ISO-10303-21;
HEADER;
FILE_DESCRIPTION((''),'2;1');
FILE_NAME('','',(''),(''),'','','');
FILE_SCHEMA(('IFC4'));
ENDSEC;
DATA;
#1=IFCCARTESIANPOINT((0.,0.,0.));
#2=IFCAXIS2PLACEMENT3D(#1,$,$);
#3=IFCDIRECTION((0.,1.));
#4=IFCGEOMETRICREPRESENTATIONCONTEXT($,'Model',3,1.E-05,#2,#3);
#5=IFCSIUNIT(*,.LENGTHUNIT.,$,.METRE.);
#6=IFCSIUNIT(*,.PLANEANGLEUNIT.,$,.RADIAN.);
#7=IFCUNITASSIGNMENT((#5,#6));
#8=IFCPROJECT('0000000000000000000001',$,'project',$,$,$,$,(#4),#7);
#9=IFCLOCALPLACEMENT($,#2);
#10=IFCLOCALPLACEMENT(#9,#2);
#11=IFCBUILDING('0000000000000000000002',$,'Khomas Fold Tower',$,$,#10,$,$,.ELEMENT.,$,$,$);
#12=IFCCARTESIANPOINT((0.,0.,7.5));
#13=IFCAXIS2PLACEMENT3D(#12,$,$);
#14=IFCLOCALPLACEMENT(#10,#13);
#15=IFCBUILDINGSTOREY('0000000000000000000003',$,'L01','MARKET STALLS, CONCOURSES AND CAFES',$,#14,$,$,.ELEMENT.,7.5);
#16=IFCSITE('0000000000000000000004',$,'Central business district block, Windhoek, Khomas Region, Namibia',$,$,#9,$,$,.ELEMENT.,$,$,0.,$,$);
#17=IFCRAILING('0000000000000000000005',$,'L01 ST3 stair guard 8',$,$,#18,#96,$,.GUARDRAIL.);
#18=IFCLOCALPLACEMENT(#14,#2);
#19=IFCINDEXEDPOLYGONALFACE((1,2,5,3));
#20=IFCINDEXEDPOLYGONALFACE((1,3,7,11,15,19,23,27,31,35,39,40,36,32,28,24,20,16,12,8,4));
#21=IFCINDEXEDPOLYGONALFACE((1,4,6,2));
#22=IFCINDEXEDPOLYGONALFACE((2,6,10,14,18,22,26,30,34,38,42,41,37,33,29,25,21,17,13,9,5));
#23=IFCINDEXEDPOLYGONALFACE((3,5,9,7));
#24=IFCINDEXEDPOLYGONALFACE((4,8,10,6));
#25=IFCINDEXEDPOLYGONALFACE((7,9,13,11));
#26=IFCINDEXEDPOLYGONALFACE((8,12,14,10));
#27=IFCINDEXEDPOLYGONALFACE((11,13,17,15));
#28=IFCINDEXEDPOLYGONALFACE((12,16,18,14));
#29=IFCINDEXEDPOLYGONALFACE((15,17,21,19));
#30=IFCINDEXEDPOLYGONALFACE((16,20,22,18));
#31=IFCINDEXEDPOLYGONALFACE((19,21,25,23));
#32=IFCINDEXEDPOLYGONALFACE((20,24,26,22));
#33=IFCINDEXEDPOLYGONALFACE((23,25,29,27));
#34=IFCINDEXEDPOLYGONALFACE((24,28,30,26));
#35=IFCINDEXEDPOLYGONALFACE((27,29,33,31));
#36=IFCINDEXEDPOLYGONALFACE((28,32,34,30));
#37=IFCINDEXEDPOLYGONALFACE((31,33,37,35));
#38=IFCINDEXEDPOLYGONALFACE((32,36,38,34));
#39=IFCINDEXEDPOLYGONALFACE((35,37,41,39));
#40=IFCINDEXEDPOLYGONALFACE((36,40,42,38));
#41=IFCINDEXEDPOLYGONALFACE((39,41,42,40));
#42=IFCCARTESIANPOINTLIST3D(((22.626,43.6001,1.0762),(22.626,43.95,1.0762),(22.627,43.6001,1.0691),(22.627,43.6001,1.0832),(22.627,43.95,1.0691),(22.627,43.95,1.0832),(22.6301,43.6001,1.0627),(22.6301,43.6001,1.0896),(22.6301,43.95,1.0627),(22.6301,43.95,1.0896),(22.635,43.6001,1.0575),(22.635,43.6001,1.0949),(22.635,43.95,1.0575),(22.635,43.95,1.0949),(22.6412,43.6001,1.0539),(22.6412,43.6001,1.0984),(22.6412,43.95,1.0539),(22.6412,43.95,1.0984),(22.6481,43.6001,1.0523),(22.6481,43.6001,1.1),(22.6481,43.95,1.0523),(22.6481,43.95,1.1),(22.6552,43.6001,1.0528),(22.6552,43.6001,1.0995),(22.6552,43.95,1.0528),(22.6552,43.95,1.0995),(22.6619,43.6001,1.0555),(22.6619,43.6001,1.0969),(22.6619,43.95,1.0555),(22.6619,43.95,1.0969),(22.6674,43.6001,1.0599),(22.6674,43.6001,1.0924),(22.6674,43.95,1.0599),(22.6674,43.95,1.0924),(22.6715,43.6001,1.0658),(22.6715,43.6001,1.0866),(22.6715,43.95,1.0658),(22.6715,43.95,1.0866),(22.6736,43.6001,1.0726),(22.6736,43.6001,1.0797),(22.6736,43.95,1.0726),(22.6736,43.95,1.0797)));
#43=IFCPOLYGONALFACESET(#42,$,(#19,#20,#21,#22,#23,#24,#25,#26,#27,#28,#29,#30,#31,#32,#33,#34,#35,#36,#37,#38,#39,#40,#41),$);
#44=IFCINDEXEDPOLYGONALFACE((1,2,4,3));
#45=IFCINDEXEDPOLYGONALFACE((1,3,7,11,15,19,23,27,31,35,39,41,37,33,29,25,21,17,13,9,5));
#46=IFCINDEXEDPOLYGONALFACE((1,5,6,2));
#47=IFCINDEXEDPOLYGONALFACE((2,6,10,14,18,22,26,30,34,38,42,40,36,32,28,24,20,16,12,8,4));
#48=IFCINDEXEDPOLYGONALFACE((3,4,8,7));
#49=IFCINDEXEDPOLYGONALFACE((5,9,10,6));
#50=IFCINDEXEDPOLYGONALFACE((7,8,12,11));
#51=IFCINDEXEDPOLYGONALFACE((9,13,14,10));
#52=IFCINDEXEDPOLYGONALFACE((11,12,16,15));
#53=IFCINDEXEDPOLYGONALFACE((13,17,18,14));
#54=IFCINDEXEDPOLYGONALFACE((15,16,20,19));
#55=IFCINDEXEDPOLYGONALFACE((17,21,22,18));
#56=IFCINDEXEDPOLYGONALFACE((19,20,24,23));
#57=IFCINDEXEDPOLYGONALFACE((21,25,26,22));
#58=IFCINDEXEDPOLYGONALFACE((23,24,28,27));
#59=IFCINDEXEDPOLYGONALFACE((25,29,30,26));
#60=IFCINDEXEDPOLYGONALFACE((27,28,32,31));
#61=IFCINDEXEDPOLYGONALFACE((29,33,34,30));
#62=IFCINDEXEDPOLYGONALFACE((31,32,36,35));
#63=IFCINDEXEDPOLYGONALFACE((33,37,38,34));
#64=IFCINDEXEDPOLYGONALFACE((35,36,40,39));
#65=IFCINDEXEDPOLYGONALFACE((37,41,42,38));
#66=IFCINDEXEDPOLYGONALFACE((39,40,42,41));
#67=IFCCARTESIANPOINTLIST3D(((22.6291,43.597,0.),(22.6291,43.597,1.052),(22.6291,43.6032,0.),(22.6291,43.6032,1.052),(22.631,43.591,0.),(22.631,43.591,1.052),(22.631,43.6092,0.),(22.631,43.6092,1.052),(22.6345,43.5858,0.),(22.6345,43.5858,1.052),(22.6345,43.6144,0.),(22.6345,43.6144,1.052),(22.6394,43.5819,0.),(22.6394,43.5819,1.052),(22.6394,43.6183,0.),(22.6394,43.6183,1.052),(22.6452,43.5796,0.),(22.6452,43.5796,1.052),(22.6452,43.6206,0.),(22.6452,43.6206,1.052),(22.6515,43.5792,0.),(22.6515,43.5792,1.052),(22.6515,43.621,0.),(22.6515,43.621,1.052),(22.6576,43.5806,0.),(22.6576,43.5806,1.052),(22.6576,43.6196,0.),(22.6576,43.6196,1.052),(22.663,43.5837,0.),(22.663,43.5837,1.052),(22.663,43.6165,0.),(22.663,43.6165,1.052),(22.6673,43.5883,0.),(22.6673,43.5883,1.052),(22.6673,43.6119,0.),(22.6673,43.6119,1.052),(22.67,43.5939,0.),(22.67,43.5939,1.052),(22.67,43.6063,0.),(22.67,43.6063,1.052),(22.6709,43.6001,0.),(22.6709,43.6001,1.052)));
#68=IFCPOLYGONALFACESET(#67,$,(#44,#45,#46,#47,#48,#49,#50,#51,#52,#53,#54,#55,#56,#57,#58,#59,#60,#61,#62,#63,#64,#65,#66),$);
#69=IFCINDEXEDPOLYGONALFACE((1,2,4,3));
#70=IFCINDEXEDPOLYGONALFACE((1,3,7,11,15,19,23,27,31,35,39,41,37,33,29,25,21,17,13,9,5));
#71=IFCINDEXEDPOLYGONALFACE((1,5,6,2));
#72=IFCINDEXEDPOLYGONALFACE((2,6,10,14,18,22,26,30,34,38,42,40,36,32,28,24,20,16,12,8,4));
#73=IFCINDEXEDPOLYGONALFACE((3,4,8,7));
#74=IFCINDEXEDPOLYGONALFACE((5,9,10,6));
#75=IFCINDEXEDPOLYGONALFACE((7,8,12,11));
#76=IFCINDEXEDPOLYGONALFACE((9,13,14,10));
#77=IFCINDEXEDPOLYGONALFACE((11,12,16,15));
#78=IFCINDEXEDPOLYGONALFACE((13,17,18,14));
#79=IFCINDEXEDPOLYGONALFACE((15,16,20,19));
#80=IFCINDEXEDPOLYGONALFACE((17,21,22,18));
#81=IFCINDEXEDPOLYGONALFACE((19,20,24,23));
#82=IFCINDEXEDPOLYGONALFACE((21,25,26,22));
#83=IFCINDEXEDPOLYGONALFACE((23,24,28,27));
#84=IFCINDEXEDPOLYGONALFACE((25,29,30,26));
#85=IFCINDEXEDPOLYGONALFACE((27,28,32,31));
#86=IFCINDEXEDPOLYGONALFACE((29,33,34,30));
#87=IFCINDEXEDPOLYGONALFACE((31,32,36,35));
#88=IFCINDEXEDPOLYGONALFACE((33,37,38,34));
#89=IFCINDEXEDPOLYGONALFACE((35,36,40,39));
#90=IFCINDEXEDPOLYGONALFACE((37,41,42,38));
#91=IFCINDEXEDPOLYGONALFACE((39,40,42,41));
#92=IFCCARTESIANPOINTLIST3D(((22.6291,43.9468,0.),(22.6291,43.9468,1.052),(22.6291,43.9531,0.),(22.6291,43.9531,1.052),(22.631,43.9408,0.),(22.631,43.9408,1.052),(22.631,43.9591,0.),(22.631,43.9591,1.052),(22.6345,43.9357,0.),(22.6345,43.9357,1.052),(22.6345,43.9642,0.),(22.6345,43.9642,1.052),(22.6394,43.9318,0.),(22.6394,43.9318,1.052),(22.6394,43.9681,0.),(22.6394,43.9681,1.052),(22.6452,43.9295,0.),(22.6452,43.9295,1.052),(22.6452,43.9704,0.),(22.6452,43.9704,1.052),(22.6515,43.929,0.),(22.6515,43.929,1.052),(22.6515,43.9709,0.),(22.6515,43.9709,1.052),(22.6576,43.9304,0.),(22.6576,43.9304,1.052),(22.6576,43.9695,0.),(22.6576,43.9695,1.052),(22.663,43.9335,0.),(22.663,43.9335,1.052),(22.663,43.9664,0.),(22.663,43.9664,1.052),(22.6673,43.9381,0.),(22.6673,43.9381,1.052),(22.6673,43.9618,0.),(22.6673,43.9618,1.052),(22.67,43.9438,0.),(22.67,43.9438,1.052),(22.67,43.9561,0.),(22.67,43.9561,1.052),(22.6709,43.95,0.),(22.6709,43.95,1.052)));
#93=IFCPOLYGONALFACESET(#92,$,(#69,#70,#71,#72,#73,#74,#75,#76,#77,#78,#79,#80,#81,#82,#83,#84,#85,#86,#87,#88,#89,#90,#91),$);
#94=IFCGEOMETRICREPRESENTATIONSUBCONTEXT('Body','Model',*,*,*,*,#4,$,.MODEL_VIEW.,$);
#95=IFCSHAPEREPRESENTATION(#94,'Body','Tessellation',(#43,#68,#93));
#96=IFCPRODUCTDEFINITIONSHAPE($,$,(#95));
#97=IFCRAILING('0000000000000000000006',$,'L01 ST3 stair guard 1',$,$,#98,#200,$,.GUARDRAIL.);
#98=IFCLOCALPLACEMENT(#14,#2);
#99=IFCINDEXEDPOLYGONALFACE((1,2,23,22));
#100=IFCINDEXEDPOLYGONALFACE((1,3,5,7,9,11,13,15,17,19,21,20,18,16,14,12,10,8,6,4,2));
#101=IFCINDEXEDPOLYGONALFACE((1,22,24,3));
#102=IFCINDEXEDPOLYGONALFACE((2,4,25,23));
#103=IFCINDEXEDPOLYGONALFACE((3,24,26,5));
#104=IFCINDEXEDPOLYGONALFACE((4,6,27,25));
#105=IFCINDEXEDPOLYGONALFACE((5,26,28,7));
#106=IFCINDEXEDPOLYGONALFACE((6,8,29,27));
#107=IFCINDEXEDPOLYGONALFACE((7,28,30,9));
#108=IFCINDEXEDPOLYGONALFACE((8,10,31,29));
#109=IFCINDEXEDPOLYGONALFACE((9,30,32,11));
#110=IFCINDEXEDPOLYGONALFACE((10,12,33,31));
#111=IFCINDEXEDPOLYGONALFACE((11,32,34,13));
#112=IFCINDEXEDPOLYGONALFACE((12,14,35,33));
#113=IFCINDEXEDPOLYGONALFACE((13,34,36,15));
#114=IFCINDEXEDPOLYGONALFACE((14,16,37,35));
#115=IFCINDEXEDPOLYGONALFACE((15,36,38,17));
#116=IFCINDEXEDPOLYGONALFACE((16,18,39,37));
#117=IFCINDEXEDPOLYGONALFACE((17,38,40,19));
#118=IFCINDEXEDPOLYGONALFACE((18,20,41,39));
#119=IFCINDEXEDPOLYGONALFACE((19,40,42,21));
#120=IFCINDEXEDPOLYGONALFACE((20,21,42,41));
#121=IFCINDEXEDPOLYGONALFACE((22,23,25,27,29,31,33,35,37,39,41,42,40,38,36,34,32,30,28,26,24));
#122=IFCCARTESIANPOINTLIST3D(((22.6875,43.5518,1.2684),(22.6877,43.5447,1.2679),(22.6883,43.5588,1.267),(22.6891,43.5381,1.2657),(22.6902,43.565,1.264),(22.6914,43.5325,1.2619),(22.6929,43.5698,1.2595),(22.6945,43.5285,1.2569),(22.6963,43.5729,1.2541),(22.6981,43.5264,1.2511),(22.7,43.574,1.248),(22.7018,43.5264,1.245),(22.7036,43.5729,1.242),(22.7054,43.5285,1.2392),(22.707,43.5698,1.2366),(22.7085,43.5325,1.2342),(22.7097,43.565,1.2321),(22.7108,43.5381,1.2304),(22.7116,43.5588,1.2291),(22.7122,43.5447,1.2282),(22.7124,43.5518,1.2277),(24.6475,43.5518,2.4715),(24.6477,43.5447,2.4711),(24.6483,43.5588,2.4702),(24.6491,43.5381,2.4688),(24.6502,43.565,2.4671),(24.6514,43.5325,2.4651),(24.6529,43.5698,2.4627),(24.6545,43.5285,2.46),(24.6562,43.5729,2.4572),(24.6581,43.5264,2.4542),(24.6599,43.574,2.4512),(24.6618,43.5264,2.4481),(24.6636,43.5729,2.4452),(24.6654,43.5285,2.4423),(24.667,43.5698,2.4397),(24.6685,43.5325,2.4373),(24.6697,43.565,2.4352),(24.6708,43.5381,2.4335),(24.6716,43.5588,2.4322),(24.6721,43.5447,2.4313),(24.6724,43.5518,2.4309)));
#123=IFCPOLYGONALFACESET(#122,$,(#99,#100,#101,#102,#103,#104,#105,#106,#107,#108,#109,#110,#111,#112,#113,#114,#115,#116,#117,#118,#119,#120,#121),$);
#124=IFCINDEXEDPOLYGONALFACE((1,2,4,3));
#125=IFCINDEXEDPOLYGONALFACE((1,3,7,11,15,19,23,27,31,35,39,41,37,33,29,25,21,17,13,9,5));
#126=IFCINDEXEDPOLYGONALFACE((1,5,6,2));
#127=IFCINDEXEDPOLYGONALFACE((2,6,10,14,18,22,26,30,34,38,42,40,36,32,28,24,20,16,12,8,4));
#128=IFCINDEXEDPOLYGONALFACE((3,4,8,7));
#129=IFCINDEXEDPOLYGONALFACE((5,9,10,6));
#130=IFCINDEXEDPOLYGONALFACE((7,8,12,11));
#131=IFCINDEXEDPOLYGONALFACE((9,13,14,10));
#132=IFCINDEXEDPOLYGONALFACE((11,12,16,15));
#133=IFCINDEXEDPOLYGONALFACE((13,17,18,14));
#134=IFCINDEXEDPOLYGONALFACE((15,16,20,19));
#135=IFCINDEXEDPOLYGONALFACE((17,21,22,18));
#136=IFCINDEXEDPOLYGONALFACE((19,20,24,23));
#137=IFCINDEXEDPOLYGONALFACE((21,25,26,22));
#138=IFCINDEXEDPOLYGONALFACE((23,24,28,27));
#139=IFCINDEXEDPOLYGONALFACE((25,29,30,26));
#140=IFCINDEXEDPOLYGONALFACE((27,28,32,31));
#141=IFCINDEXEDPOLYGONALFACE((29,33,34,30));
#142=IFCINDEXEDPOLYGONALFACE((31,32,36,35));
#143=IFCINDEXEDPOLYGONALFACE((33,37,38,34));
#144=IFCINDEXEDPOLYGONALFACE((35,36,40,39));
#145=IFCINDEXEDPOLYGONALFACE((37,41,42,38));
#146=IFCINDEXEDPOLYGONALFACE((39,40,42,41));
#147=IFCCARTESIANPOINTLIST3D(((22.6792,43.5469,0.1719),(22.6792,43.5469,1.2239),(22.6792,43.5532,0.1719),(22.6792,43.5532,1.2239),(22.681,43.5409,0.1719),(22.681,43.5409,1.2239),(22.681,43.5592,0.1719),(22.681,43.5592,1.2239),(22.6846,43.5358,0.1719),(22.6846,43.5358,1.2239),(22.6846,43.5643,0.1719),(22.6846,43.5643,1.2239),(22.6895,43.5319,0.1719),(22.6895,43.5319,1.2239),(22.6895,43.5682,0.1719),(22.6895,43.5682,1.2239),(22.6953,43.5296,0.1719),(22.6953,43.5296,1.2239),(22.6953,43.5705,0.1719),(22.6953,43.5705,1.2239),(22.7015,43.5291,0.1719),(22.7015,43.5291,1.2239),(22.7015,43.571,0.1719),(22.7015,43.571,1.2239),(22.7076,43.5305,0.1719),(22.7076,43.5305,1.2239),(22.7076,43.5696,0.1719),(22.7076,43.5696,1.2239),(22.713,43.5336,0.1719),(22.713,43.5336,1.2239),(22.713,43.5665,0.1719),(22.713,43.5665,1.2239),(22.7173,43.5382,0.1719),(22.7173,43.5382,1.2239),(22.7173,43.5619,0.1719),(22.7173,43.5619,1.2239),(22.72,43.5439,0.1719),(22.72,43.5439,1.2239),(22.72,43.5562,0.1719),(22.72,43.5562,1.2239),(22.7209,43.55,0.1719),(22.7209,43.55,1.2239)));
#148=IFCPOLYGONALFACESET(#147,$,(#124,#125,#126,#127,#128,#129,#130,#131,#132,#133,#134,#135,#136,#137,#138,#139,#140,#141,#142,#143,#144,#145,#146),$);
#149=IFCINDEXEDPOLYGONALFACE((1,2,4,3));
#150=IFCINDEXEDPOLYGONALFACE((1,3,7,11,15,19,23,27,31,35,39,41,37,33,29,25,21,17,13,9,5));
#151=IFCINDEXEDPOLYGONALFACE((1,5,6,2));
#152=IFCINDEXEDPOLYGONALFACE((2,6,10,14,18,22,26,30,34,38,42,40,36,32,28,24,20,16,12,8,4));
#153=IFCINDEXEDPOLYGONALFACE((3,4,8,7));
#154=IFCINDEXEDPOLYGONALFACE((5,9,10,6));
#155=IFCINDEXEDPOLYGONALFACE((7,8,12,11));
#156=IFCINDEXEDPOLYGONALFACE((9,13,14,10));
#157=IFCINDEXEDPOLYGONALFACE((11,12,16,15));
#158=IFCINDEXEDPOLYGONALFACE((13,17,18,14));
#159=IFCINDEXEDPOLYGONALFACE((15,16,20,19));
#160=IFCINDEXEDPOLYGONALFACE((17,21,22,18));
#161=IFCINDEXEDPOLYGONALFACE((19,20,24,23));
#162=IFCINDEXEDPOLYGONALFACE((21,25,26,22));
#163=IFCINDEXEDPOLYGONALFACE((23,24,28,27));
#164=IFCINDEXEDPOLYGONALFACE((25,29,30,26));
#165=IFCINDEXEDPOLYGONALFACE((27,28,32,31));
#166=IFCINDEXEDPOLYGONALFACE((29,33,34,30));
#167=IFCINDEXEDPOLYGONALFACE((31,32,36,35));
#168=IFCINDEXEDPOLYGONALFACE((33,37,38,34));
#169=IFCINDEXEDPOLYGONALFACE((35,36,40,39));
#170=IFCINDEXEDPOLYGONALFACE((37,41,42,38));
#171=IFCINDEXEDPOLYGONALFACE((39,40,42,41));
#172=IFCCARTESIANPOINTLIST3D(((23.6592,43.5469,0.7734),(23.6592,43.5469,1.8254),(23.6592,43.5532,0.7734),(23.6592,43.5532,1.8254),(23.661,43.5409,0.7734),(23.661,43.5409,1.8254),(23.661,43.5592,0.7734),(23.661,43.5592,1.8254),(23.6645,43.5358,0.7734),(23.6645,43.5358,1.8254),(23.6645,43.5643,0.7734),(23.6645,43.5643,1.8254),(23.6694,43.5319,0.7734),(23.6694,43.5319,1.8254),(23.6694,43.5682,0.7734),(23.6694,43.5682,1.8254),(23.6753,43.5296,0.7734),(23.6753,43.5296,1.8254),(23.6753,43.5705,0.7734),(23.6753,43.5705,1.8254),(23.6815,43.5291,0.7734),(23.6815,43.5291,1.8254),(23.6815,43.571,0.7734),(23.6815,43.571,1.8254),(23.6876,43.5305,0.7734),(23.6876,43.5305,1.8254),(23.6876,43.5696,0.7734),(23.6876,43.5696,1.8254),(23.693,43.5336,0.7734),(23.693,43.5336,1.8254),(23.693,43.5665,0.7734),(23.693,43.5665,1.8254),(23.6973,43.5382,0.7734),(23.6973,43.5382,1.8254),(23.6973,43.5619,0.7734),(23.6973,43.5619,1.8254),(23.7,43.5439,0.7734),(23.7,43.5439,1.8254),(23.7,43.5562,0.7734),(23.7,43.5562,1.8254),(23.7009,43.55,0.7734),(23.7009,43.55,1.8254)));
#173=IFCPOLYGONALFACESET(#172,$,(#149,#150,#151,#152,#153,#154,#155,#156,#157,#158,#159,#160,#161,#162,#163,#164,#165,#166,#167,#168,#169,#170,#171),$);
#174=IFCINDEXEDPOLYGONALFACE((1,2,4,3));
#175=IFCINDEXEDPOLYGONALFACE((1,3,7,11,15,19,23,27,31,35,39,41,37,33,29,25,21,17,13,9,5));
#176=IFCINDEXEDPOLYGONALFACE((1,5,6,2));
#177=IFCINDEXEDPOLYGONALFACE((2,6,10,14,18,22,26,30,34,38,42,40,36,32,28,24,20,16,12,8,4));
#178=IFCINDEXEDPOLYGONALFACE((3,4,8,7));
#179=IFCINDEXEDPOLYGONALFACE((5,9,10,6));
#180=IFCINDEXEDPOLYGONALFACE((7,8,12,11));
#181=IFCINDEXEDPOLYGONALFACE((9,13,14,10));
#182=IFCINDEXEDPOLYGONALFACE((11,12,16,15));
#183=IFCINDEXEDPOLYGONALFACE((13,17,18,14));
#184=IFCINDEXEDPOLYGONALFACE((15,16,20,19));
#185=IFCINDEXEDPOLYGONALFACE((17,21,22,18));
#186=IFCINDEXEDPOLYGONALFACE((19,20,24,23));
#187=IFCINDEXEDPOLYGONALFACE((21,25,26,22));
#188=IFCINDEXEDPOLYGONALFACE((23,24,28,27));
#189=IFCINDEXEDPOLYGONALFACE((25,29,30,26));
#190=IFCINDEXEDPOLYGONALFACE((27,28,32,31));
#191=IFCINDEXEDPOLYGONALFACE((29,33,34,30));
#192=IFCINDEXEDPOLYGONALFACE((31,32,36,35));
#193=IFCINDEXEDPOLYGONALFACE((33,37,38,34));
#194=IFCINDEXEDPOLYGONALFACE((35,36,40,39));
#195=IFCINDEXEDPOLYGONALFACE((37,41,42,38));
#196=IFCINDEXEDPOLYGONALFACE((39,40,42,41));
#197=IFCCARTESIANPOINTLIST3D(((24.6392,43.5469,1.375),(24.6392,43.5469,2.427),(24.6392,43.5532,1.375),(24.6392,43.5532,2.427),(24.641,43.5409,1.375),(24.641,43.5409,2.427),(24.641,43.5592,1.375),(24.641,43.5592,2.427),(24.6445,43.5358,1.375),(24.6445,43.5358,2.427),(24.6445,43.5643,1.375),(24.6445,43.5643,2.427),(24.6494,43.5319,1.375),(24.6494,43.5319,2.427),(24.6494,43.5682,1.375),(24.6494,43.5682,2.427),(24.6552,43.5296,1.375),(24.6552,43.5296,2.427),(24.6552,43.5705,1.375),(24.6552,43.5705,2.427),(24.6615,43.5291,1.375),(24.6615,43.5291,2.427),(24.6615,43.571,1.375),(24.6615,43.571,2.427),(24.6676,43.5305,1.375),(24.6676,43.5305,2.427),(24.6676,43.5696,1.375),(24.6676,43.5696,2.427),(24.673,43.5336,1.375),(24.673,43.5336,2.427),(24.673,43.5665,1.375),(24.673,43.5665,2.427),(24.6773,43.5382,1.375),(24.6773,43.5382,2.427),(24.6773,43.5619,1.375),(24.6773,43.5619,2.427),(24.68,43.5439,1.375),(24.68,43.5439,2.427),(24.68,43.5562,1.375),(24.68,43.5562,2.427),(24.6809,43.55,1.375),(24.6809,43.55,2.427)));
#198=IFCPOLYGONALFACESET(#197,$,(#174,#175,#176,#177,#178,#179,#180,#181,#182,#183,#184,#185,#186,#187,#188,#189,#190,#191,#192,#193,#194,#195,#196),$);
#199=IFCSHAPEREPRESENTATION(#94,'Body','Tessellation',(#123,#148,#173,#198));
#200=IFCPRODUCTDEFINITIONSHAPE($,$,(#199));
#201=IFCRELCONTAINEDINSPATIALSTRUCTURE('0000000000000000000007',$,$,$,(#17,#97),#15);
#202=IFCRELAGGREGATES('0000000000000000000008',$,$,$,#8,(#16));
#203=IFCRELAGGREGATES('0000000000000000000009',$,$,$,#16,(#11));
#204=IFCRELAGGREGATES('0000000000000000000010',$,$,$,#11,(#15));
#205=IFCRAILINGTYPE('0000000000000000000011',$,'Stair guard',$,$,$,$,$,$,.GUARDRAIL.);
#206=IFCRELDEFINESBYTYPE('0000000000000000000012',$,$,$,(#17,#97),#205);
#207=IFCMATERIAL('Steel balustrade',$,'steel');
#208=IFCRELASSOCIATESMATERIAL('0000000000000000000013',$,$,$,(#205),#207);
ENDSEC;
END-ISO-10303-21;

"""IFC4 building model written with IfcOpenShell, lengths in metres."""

from ifc_helpers import new_model, si_unit, direction, frame, origin, origin_2d, place, context, subcontext, project, spatial, circle, extrude, source, transform, mapped, material, type_object, element, save


model = new_model("IFC4")

# Units and contexts
model_context = context("Model", 3, precision=1e-05, world=origin(), true_north=direction((0.0, 1.0)))
body_context = subcontext(model_context, "Body", "Model", "MODEL_VIEW")
ifc_project = project(units=[si_unit("LENGTHUNIT", "METRE"), si_unit("PLANEANGLEUNIT", "RADIAN")], contexts=[model_context])

# Site, building, storey
site_placement = place(None, origin())
site = spatial("IfcSite", under=ifc_project, at=site_placement, Name="Central business district block, Windhoek, Khomas Region, Namibia", CompositionType="ELEMENT", RefElevation=0.0)
building_placement = place(site_placement, origin())
building = spatial("IfcBuilding", under=site, at=building_placement, Name="Khomas Fold Tower", CompositionType="ELEMENT")
storey_placement = place(building_placement, frame((0.0, 0.0, 7.5)))
storey = spatial("IfcBuildingStorey", under=building, at=storey_placement, Name="L01", Description="MARKET STALLS, CONCOURSES AND CAFES", CompositionType="ELEMENT", Elevation=7.5)

# Railings
ifc_material_1 = material(Name="Steel balustrade", Category="steel")
railing_type_1 = type_object("IfcRailingType", Name="Stair guard", PredefinedType="GUARDRAIL", material=ifc_material_1)
shared_shape_1 = source(origin(), body_context, "Body", "SweptSolid", [
    extrude(circle(Radius=0.0239, at=origin_2d()), frame((0.0, 0.0, 1.0762), z_axis=(0.0, 1.0, 0.0), x_axis=(-1.0, 0.0, 0.0)), (0.0, 0.0, 1.0), 0.3499),
    extrude(circle(Radius=0.021, at=origin_2d()), origin(), (0.0, 0.0, 1.0), 1.052),
    extrude(circle(Radius=0.021, at=origin_2d()), frame((0.0, 0.3499, 0.0)), (0.0, 0.0, 1.0), 1.052),
])
for number, where, name in (
    (1, (22.6499, 43.6001, 0.0), "L01 ST3 stair guard 8"),
):
    element("IfcRailing", number, at=place(storey_placement, frame(where)), inside=storey, type_object=railing_type_1, Name=name, PredefinedType="GUARDRAIL", context=body_context, shape_type="MappedRepresentation", body=[
        mapped(shared_shape_1, transform((0.0, 0.0, 0.0))),
    ])
shared_shape_2 = source(origin(), body_context, "Body", "SweptSolid", [
    extrude(circle(Radius=0.0239, at=origin_2d()), frame((0.0, 0.0, 1.0762), z_axis=(0.852241, 0.0, 0.523149), x_axis=(0.0, 1.0, 0.0)), (0.0, 0.0, 1.0), 2.2998),
    extrude(circle(Radius=0.021, at=origin_2d()), origin(), (0.0, 0.0, 1.0), 1.052),
    extrude(circle(Radius=0.021, at=origin_2d()), frame((0.98, 0.0, 0.6016)), (0.0, 0.0, 1.0), 1.052),
    extrude(circle(Radius=0.021, at=origin_2d()), frame((1.96, 0.0, 1.2031)), (0.0, 0.0, 1.0), 1.052),
])
for number, where, name in (
    (2, (22.7, 43.55, 0.1719), "L01 ST3 stair guard 1"),
):
    element("IfcRailing", number, at=place(storey_placement, frame(where)), inside=storey, type_object=railing_type_1, Name=name, PredefinedType="GUARDRAIL", context=body_context, shape_type="MappedRepresentation", body=[
        mapped(shared_shape_2, transform((0.0, 0.0, 0.0))),
    ])

save(model, "model.ifc")
